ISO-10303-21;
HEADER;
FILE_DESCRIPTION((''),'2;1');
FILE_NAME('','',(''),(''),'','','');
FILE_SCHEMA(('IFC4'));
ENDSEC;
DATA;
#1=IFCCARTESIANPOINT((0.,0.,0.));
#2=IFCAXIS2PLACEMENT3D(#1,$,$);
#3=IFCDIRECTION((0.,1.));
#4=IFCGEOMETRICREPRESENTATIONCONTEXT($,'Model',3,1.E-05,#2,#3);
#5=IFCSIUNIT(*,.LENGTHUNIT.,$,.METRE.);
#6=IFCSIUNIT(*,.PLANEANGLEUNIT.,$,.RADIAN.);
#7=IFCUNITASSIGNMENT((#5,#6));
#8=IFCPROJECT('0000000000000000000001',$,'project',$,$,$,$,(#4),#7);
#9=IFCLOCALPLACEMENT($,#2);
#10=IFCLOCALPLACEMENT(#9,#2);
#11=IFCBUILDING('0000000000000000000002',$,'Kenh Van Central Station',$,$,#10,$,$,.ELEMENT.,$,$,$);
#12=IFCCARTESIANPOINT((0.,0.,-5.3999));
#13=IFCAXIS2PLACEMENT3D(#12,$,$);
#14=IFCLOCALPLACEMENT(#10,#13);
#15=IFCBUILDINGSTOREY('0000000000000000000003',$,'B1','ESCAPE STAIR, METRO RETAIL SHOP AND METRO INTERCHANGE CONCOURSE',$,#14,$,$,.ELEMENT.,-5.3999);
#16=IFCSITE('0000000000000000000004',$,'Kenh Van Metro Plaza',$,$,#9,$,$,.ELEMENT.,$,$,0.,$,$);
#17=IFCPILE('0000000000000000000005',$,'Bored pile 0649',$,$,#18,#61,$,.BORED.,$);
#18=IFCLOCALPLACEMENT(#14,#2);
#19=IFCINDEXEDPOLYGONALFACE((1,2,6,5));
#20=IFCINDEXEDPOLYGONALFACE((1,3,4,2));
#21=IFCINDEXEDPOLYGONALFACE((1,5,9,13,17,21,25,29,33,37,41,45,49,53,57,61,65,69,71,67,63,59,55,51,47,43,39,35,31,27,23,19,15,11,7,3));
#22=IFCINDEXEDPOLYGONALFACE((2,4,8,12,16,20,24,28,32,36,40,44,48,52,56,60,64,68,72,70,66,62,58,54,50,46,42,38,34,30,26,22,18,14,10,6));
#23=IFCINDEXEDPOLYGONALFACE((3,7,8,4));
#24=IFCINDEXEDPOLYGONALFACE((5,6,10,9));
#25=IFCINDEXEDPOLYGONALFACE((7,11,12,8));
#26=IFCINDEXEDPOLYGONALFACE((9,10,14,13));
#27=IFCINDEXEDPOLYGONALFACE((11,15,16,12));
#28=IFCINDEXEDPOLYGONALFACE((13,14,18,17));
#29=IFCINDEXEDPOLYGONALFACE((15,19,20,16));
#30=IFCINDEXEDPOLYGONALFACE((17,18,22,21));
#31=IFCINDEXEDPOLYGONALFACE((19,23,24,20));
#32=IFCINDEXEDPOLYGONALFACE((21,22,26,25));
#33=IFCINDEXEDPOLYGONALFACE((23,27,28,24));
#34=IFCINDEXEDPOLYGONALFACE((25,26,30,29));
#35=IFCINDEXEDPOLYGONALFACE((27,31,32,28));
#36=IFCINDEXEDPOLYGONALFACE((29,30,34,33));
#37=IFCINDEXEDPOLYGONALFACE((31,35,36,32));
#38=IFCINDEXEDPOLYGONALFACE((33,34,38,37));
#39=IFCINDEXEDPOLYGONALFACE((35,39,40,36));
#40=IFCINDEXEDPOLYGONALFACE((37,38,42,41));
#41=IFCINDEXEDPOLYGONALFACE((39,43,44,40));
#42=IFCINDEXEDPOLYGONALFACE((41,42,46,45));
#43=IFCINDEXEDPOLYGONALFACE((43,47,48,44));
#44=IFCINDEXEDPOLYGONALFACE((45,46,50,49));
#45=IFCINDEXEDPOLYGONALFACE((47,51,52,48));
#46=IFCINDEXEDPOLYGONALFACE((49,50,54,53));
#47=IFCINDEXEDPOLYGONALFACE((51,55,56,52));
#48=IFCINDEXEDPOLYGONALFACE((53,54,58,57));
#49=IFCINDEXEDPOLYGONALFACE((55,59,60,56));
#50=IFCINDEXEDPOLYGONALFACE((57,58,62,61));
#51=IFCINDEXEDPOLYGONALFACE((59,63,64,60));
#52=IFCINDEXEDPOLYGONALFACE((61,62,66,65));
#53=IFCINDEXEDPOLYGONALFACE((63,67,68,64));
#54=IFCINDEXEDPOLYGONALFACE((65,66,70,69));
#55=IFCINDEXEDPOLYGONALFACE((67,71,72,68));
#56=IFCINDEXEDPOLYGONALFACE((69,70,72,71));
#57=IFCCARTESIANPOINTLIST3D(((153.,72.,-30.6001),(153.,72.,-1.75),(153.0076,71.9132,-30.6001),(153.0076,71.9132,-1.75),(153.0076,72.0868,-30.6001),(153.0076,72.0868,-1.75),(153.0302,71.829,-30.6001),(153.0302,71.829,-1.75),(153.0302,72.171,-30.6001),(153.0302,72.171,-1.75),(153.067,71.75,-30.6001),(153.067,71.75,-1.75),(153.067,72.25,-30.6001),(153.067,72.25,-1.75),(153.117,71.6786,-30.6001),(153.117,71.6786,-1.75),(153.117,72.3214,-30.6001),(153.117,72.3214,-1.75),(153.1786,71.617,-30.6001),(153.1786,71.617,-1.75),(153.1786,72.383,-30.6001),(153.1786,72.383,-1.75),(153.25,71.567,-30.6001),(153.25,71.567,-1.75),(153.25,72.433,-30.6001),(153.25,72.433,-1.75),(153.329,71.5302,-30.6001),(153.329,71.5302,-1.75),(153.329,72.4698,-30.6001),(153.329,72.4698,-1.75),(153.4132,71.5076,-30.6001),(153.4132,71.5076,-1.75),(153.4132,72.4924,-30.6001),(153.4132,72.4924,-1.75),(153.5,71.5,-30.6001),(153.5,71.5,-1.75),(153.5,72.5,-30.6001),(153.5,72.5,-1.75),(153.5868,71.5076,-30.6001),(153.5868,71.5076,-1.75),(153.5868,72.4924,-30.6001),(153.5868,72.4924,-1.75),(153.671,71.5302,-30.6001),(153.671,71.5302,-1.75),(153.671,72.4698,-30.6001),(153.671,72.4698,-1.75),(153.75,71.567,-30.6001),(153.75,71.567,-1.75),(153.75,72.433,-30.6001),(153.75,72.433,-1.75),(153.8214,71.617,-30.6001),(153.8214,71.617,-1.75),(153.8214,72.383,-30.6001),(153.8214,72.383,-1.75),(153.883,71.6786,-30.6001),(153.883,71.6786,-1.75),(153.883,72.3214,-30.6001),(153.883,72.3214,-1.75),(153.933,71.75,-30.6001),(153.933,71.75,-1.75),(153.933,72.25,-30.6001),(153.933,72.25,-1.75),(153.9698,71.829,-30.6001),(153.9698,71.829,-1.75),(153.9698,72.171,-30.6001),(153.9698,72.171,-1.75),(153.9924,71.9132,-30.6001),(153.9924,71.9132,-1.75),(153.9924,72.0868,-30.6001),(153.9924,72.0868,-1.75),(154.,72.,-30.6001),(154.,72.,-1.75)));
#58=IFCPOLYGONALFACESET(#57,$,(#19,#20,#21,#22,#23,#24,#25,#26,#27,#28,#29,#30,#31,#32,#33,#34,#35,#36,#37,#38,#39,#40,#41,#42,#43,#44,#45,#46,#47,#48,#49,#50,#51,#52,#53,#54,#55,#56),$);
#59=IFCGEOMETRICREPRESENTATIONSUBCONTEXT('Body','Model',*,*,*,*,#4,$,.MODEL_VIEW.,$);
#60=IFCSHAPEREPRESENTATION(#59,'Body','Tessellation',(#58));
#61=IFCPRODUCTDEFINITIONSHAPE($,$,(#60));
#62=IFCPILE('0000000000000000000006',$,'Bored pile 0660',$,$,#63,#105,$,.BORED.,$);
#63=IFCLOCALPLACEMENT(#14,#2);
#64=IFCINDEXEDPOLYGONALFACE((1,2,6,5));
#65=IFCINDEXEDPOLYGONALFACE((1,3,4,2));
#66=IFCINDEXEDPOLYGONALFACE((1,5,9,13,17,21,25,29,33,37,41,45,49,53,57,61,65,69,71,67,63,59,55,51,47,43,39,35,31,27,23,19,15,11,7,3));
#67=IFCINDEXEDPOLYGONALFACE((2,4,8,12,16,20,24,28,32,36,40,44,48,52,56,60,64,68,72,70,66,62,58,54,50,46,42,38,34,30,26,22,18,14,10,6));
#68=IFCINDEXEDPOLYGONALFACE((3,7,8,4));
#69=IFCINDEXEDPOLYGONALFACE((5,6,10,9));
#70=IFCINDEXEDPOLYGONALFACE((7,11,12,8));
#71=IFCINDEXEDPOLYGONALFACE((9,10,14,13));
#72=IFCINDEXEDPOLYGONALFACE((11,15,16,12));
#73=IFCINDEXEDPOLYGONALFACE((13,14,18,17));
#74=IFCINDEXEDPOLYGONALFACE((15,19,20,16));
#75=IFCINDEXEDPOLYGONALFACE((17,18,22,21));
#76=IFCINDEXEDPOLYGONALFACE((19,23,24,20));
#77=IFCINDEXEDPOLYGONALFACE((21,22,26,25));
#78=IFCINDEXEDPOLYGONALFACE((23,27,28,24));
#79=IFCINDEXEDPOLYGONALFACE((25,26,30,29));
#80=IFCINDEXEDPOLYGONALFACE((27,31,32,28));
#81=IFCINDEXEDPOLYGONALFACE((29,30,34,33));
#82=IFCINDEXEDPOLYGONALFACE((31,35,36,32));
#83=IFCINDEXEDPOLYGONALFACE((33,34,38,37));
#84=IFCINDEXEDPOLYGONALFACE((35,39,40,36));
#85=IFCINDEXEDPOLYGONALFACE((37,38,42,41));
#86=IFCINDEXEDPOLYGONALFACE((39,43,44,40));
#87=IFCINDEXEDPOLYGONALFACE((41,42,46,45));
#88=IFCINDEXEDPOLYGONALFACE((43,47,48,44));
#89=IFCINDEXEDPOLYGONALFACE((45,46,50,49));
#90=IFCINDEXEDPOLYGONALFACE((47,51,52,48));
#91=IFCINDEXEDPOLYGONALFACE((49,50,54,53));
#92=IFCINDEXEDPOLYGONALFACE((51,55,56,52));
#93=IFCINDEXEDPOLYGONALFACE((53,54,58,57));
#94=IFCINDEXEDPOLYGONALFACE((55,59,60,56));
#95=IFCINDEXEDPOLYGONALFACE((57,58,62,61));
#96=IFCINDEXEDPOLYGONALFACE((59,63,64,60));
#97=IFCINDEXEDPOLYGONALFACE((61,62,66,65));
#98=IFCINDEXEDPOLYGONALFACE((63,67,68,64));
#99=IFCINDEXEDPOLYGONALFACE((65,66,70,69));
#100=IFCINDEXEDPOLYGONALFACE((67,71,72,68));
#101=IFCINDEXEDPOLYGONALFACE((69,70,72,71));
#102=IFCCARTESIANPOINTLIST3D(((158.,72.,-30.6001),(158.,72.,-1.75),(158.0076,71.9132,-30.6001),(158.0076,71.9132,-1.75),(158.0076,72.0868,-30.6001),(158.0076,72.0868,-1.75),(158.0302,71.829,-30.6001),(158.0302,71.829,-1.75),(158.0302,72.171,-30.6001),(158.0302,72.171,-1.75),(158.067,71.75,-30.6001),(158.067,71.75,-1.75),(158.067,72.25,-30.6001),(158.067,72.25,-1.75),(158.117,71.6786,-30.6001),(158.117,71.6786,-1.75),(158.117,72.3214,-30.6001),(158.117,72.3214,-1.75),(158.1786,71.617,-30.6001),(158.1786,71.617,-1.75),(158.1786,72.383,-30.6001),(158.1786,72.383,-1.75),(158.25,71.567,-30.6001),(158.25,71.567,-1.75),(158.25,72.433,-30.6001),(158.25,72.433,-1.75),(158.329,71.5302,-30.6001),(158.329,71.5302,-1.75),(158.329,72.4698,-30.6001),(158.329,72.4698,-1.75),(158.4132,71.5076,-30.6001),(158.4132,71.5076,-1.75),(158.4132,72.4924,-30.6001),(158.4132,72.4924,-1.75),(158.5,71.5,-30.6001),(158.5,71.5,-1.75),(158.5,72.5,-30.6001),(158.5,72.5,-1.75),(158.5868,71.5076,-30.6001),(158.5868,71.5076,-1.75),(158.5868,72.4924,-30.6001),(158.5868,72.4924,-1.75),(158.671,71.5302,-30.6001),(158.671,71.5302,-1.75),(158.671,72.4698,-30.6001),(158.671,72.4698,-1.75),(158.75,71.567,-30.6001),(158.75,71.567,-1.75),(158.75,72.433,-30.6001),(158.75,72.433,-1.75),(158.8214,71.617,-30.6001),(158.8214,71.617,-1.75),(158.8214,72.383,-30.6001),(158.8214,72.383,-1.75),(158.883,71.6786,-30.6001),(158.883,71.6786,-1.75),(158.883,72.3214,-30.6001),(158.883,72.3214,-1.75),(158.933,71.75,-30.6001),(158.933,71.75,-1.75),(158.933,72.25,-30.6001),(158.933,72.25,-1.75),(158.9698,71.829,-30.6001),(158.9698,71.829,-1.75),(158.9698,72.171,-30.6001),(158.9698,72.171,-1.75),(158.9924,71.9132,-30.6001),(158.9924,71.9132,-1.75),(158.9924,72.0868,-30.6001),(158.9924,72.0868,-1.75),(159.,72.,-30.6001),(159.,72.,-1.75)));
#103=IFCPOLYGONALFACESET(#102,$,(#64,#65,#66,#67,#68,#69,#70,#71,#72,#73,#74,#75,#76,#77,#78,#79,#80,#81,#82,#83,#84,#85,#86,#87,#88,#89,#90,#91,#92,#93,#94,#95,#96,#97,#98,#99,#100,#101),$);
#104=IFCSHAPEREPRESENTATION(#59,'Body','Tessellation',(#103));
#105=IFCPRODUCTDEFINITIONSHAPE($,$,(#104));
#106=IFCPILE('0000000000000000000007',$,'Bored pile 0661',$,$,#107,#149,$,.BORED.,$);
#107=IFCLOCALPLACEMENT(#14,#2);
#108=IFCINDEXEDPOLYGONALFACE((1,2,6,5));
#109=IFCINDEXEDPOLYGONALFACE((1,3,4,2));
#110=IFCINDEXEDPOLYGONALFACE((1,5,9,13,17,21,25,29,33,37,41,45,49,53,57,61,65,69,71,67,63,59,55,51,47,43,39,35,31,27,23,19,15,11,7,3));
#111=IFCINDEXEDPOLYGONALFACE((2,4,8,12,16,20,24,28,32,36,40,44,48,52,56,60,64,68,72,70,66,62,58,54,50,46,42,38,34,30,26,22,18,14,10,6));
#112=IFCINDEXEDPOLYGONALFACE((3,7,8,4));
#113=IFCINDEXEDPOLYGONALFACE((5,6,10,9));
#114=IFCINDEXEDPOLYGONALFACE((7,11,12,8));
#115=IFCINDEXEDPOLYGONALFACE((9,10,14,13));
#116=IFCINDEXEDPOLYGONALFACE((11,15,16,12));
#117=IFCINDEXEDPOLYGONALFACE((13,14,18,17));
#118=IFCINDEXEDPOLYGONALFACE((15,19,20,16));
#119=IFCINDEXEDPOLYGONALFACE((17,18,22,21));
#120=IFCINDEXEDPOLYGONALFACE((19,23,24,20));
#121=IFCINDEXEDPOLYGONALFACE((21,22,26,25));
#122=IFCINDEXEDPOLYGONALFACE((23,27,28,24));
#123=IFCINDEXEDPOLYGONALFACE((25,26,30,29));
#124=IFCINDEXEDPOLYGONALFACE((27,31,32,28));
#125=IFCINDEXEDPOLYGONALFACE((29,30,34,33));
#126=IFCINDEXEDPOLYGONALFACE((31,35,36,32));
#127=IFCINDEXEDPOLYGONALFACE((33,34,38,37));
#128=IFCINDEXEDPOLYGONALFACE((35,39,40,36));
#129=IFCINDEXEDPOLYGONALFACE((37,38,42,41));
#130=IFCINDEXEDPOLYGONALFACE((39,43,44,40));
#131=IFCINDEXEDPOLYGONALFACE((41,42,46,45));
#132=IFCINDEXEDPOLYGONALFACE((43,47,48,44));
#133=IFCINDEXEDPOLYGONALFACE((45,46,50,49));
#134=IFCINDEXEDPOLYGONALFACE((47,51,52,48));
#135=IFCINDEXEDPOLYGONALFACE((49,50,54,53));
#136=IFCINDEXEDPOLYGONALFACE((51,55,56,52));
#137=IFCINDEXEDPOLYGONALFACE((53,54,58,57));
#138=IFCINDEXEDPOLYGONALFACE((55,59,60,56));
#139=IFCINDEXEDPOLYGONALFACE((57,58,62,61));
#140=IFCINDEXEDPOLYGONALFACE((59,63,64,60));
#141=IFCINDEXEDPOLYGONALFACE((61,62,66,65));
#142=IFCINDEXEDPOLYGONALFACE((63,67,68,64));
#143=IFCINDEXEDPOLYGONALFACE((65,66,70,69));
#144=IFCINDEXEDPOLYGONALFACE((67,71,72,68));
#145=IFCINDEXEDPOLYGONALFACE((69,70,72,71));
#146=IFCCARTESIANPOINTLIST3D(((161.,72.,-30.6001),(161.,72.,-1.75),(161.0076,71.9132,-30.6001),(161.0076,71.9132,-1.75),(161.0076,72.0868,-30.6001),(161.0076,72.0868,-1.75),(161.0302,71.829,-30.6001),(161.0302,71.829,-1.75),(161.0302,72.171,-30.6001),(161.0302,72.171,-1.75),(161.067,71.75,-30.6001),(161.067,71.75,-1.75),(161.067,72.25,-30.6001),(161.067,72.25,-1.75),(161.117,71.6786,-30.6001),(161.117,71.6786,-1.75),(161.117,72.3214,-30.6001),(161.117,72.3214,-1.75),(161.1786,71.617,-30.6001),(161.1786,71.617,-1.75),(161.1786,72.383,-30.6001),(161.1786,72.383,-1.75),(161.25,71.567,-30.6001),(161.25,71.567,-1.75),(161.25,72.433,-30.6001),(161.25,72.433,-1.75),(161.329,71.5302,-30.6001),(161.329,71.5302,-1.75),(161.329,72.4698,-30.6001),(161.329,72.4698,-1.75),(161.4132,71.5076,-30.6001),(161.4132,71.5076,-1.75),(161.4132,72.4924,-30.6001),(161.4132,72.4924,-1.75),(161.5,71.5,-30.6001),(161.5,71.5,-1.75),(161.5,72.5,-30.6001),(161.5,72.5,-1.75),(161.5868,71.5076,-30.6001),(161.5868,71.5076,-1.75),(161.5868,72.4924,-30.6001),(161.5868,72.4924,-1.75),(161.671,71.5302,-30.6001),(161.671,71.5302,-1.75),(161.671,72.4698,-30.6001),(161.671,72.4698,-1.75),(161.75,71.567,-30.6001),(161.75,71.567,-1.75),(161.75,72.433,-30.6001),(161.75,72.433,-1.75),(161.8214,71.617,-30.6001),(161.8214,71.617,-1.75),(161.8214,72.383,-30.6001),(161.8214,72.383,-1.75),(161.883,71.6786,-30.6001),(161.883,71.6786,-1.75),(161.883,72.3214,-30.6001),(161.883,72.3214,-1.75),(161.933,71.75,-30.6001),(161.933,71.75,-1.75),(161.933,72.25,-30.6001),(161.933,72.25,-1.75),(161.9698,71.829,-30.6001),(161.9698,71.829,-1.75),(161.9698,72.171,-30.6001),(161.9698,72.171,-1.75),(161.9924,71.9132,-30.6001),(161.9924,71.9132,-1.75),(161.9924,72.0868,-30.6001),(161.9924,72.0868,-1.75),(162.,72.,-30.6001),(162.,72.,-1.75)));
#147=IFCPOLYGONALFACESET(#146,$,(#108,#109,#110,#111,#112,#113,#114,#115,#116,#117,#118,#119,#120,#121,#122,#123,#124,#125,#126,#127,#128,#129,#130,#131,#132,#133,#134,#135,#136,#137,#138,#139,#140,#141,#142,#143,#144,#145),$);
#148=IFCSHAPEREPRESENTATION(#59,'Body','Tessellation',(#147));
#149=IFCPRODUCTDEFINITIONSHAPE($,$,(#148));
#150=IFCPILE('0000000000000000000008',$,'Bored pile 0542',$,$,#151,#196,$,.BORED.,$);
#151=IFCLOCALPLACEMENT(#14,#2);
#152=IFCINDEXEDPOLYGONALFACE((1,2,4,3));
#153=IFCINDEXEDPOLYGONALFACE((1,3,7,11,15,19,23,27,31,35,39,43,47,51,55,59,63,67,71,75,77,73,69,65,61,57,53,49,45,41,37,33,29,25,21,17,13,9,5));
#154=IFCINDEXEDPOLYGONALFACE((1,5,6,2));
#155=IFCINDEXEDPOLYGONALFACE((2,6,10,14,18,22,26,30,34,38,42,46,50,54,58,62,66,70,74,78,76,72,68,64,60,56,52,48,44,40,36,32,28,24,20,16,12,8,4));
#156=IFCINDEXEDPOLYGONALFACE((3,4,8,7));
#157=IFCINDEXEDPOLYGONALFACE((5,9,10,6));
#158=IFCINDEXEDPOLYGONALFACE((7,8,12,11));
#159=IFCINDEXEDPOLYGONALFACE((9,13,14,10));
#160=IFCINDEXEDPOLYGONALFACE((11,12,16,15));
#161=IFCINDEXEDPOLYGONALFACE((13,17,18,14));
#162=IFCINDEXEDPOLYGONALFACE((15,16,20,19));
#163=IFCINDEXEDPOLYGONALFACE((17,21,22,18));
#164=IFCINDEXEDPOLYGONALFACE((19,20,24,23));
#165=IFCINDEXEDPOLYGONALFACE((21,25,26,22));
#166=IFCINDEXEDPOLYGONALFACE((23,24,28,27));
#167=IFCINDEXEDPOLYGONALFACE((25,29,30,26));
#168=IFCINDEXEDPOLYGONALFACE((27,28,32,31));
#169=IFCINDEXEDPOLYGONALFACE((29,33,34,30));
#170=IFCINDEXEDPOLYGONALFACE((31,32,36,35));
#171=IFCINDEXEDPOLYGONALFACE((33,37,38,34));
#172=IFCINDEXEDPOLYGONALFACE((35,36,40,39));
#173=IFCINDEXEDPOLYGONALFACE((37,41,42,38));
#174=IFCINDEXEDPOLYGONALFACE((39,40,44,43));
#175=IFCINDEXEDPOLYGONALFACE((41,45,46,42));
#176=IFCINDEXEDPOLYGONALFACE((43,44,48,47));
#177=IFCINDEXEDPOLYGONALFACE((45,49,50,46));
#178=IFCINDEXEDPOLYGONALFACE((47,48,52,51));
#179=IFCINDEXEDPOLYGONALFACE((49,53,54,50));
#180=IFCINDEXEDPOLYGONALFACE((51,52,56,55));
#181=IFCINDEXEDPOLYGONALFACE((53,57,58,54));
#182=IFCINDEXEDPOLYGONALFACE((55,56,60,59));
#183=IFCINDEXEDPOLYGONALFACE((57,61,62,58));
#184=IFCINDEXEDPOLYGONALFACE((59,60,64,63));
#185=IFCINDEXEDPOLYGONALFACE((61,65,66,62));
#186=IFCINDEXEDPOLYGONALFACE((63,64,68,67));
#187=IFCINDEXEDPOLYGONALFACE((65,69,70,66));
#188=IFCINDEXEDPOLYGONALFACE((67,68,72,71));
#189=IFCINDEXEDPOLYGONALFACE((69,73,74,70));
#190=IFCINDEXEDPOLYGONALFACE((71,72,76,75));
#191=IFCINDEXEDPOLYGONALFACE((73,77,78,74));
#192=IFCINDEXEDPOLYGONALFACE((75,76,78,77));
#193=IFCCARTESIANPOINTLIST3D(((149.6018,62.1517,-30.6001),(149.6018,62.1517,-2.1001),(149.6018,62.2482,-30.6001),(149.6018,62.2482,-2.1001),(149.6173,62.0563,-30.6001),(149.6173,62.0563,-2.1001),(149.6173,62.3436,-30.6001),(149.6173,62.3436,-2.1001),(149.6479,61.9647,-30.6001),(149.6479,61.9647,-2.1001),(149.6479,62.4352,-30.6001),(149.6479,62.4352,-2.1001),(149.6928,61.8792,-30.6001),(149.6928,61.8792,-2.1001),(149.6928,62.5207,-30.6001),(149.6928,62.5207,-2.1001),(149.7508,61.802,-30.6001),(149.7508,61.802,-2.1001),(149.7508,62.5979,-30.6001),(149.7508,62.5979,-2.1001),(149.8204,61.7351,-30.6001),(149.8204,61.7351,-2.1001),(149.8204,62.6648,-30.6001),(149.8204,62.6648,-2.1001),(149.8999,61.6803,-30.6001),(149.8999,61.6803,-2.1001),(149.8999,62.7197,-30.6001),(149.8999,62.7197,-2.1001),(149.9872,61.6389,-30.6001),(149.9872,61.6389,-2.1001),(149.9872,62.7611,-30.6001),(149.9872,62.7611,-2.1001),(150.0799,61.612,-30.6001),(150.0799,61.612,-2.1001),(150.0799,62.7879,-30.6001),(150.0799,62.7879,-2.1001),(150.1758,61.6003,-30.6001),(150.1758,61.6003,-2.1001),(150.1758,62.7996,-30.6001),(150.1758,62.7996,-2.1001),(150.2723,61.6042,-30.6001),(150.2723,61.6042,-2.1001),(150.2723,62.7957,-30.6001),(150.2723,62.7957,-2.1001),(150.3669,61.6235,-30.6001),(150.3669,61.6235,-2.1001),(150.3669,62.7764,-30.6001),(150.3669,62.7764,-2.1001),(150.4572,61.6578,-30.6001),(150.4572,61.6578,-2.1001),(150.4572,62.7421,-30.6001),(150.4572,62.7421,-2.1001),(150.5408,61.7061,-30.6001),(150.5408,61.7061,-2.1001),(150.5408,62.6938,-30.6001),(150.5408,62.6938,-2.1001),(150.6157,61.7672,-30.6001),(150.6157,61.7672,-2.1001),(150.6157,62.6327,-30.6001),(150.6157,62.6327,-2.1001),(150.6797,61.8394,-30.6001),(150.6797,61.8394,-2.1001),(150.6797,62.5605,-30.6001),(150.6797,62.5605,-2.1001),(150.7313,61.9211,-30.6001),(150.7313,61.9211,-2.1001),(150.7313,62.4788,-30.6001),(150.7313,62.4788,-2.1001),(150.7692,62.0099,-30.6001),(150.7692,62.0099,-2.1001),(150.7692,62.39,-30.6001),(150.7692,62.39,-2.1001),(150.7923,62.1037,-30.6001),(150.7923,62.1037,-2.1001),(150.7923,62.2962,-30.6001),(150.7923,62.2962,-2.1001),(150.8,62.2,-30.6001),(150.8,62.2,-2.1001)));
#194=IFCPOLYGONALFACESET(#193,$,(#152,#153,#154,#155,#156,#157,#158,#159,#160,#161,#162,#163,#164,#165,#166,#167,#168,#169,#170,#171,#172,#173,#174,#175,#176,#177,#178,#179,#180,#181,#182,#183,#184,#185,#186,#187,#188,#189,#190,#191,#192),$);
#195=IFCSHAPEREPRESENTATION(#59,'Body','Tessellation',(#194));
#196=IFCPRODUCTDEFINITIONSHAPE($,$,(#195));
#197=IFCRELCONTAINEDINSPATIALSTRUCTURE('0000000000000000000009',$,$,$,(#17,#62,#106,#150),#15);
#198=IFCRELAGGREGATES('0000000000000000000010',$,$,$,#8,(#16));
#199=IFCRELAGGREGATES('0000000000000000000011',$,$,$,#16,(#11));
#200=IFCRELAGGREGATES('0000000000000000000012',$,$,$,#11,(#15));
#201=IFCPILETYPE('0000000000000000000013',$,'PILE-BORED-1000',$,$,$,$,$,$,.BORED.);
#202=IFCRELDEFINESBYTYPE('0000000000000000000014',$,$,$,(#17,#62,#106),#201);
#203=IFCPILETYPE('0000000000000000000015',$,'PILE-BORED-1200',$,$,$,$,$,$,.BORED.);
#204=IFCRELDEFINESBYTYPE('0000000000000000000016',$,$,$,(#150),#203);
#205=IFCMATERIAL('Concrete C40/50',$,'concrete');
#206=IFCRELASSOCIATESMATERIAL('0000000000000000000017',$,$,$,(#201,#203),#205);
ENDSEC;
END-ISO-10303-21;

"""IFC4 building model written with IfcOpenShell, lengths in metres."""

from ifc_helpers import new_model, si_unit, direction, frame, origin, origin_2d, place, context, subcontext, project, spatial, circle, extrude, material, material_profile, profile_set, type_object, element, save


model = new_model("IFC4")

# Units and contexts
model_context = context("Model", 3, precision=1e-05, world=origin(), true_north=direction((0.0, 1.0)))
body_context = subcontext(model_context, "Body", "Model", "MODEL_VIEW")
ifc_project = project(units=[si_unit("LENGTHUNIT", "METRE"), si_unit("PLANEANGLEUNIT", "RADIAN")], contexts=[model_context])

# Site, building, storey
site_placement = place(None, origin())
site = spatial("IfcSite", under=ifc_project, at=site_placement, Name="Kenh Van Metro Plaza", CompositionType="ELEMENT", RefElevation=0.0)
building_placement = place(site_placement, origin())
building = spatial("IfcBuilding", under=site, at=building_placement, Name="Kenh Van Central Station", CompositionType="ELEMENT")
storey_placement = place(building_placement, frame((0.0, 0.0, -5.3999)))
storey = spatial("IfcBuildingStorey", under=building, at=storey_placement, Name="B1", Description="ESCAPE STAIR, METRO RETAIL SHOP AND METRO INTERCHANGE CONCOURSE", CompositionType="ELEMENT", Elevation=-5.3999)

# Shared definitions
ifc_material = material(Name="Concrete C40/50", Category="concrete")

# Piles
ifc_material_profile_1 = material_profile(ifc_material, circle(Radius=0.5, at=origin_2d()), Name="PILE D1000")
ifc_profile_set_1 = profile_set([ifc_material_profile_1], Name="Concrete C40/50")
pile_type_1 = type_object("IfcPileType", Name="PILE-BORED-1000", PredefinedType="BORED", material=ifc_profile_set_1)
for number, where, z_axis, x_axis, name in (
    (1, (153.5, 72.0, -1.75), (0.0, 0.0, -1.0), (1.0, 0.0, 0.0), "Bored pile 0649"),
    (2, (158.5, 72.0, -1.75), (0.0, 0.0, -1.0), (1.0, 0.0, 0.0), "Bored pile 0660"),
    (3, (161.5, 72.0, -1.75), (0.0, 0.0, -1.0), (1.0, 0.0, 0.0), "Bored pile 0661"),
):
    element("IfcPile", number, at=place(storey_placement, frame(where, z_axis=z_axis, x_axis=x_axis)), inside=storey, type_object=pile_type_1, Name=name, PredefinedType="BORED", context=body_context, shape_type="SweptSolid", body=[
        extrude(circle(Radius=0.5, at=origin_2d()), origin(), (0.0, 0.0, 1.0), 28.8501),
    ])
ifc_material_profile_2 = material_profile(ifc_material, circle(Radius=0.6001, at=origin_2d()), Name="PILE D1200")
ifc_profile_set_2 = profile_set([ifc_material_profile_2], Name="Concrete C40/50")
pile_type_2 = type_object("IfcPileType", Name="PILE-BORED-1200", PredefinedType="BORED", material=ifc_profile_set_2)
for number, where, z_axis, x_axis, name in (
    (4, (150.2, 62.2, -2.1001), (0.0, 0.0, -1.0), (1.0, 0.0, 0.0), "Bored pile 0542"),
):
    element("IfcPile", number, at=place(storey_placement, frame(where, z_axis=z_axis, x_axis=x_axis)), inside=storey, type_object=pile_type_2, Name=name, PredefinedType="BORED", context=body_context, shape_type="SweptSolid", body=[
        extrude(circle(Radius=0.6001, at=origin_2d()), origin(), (0.0, 0.0, 1.0), 28.5),
    ])

save(model, "model.ifc")
